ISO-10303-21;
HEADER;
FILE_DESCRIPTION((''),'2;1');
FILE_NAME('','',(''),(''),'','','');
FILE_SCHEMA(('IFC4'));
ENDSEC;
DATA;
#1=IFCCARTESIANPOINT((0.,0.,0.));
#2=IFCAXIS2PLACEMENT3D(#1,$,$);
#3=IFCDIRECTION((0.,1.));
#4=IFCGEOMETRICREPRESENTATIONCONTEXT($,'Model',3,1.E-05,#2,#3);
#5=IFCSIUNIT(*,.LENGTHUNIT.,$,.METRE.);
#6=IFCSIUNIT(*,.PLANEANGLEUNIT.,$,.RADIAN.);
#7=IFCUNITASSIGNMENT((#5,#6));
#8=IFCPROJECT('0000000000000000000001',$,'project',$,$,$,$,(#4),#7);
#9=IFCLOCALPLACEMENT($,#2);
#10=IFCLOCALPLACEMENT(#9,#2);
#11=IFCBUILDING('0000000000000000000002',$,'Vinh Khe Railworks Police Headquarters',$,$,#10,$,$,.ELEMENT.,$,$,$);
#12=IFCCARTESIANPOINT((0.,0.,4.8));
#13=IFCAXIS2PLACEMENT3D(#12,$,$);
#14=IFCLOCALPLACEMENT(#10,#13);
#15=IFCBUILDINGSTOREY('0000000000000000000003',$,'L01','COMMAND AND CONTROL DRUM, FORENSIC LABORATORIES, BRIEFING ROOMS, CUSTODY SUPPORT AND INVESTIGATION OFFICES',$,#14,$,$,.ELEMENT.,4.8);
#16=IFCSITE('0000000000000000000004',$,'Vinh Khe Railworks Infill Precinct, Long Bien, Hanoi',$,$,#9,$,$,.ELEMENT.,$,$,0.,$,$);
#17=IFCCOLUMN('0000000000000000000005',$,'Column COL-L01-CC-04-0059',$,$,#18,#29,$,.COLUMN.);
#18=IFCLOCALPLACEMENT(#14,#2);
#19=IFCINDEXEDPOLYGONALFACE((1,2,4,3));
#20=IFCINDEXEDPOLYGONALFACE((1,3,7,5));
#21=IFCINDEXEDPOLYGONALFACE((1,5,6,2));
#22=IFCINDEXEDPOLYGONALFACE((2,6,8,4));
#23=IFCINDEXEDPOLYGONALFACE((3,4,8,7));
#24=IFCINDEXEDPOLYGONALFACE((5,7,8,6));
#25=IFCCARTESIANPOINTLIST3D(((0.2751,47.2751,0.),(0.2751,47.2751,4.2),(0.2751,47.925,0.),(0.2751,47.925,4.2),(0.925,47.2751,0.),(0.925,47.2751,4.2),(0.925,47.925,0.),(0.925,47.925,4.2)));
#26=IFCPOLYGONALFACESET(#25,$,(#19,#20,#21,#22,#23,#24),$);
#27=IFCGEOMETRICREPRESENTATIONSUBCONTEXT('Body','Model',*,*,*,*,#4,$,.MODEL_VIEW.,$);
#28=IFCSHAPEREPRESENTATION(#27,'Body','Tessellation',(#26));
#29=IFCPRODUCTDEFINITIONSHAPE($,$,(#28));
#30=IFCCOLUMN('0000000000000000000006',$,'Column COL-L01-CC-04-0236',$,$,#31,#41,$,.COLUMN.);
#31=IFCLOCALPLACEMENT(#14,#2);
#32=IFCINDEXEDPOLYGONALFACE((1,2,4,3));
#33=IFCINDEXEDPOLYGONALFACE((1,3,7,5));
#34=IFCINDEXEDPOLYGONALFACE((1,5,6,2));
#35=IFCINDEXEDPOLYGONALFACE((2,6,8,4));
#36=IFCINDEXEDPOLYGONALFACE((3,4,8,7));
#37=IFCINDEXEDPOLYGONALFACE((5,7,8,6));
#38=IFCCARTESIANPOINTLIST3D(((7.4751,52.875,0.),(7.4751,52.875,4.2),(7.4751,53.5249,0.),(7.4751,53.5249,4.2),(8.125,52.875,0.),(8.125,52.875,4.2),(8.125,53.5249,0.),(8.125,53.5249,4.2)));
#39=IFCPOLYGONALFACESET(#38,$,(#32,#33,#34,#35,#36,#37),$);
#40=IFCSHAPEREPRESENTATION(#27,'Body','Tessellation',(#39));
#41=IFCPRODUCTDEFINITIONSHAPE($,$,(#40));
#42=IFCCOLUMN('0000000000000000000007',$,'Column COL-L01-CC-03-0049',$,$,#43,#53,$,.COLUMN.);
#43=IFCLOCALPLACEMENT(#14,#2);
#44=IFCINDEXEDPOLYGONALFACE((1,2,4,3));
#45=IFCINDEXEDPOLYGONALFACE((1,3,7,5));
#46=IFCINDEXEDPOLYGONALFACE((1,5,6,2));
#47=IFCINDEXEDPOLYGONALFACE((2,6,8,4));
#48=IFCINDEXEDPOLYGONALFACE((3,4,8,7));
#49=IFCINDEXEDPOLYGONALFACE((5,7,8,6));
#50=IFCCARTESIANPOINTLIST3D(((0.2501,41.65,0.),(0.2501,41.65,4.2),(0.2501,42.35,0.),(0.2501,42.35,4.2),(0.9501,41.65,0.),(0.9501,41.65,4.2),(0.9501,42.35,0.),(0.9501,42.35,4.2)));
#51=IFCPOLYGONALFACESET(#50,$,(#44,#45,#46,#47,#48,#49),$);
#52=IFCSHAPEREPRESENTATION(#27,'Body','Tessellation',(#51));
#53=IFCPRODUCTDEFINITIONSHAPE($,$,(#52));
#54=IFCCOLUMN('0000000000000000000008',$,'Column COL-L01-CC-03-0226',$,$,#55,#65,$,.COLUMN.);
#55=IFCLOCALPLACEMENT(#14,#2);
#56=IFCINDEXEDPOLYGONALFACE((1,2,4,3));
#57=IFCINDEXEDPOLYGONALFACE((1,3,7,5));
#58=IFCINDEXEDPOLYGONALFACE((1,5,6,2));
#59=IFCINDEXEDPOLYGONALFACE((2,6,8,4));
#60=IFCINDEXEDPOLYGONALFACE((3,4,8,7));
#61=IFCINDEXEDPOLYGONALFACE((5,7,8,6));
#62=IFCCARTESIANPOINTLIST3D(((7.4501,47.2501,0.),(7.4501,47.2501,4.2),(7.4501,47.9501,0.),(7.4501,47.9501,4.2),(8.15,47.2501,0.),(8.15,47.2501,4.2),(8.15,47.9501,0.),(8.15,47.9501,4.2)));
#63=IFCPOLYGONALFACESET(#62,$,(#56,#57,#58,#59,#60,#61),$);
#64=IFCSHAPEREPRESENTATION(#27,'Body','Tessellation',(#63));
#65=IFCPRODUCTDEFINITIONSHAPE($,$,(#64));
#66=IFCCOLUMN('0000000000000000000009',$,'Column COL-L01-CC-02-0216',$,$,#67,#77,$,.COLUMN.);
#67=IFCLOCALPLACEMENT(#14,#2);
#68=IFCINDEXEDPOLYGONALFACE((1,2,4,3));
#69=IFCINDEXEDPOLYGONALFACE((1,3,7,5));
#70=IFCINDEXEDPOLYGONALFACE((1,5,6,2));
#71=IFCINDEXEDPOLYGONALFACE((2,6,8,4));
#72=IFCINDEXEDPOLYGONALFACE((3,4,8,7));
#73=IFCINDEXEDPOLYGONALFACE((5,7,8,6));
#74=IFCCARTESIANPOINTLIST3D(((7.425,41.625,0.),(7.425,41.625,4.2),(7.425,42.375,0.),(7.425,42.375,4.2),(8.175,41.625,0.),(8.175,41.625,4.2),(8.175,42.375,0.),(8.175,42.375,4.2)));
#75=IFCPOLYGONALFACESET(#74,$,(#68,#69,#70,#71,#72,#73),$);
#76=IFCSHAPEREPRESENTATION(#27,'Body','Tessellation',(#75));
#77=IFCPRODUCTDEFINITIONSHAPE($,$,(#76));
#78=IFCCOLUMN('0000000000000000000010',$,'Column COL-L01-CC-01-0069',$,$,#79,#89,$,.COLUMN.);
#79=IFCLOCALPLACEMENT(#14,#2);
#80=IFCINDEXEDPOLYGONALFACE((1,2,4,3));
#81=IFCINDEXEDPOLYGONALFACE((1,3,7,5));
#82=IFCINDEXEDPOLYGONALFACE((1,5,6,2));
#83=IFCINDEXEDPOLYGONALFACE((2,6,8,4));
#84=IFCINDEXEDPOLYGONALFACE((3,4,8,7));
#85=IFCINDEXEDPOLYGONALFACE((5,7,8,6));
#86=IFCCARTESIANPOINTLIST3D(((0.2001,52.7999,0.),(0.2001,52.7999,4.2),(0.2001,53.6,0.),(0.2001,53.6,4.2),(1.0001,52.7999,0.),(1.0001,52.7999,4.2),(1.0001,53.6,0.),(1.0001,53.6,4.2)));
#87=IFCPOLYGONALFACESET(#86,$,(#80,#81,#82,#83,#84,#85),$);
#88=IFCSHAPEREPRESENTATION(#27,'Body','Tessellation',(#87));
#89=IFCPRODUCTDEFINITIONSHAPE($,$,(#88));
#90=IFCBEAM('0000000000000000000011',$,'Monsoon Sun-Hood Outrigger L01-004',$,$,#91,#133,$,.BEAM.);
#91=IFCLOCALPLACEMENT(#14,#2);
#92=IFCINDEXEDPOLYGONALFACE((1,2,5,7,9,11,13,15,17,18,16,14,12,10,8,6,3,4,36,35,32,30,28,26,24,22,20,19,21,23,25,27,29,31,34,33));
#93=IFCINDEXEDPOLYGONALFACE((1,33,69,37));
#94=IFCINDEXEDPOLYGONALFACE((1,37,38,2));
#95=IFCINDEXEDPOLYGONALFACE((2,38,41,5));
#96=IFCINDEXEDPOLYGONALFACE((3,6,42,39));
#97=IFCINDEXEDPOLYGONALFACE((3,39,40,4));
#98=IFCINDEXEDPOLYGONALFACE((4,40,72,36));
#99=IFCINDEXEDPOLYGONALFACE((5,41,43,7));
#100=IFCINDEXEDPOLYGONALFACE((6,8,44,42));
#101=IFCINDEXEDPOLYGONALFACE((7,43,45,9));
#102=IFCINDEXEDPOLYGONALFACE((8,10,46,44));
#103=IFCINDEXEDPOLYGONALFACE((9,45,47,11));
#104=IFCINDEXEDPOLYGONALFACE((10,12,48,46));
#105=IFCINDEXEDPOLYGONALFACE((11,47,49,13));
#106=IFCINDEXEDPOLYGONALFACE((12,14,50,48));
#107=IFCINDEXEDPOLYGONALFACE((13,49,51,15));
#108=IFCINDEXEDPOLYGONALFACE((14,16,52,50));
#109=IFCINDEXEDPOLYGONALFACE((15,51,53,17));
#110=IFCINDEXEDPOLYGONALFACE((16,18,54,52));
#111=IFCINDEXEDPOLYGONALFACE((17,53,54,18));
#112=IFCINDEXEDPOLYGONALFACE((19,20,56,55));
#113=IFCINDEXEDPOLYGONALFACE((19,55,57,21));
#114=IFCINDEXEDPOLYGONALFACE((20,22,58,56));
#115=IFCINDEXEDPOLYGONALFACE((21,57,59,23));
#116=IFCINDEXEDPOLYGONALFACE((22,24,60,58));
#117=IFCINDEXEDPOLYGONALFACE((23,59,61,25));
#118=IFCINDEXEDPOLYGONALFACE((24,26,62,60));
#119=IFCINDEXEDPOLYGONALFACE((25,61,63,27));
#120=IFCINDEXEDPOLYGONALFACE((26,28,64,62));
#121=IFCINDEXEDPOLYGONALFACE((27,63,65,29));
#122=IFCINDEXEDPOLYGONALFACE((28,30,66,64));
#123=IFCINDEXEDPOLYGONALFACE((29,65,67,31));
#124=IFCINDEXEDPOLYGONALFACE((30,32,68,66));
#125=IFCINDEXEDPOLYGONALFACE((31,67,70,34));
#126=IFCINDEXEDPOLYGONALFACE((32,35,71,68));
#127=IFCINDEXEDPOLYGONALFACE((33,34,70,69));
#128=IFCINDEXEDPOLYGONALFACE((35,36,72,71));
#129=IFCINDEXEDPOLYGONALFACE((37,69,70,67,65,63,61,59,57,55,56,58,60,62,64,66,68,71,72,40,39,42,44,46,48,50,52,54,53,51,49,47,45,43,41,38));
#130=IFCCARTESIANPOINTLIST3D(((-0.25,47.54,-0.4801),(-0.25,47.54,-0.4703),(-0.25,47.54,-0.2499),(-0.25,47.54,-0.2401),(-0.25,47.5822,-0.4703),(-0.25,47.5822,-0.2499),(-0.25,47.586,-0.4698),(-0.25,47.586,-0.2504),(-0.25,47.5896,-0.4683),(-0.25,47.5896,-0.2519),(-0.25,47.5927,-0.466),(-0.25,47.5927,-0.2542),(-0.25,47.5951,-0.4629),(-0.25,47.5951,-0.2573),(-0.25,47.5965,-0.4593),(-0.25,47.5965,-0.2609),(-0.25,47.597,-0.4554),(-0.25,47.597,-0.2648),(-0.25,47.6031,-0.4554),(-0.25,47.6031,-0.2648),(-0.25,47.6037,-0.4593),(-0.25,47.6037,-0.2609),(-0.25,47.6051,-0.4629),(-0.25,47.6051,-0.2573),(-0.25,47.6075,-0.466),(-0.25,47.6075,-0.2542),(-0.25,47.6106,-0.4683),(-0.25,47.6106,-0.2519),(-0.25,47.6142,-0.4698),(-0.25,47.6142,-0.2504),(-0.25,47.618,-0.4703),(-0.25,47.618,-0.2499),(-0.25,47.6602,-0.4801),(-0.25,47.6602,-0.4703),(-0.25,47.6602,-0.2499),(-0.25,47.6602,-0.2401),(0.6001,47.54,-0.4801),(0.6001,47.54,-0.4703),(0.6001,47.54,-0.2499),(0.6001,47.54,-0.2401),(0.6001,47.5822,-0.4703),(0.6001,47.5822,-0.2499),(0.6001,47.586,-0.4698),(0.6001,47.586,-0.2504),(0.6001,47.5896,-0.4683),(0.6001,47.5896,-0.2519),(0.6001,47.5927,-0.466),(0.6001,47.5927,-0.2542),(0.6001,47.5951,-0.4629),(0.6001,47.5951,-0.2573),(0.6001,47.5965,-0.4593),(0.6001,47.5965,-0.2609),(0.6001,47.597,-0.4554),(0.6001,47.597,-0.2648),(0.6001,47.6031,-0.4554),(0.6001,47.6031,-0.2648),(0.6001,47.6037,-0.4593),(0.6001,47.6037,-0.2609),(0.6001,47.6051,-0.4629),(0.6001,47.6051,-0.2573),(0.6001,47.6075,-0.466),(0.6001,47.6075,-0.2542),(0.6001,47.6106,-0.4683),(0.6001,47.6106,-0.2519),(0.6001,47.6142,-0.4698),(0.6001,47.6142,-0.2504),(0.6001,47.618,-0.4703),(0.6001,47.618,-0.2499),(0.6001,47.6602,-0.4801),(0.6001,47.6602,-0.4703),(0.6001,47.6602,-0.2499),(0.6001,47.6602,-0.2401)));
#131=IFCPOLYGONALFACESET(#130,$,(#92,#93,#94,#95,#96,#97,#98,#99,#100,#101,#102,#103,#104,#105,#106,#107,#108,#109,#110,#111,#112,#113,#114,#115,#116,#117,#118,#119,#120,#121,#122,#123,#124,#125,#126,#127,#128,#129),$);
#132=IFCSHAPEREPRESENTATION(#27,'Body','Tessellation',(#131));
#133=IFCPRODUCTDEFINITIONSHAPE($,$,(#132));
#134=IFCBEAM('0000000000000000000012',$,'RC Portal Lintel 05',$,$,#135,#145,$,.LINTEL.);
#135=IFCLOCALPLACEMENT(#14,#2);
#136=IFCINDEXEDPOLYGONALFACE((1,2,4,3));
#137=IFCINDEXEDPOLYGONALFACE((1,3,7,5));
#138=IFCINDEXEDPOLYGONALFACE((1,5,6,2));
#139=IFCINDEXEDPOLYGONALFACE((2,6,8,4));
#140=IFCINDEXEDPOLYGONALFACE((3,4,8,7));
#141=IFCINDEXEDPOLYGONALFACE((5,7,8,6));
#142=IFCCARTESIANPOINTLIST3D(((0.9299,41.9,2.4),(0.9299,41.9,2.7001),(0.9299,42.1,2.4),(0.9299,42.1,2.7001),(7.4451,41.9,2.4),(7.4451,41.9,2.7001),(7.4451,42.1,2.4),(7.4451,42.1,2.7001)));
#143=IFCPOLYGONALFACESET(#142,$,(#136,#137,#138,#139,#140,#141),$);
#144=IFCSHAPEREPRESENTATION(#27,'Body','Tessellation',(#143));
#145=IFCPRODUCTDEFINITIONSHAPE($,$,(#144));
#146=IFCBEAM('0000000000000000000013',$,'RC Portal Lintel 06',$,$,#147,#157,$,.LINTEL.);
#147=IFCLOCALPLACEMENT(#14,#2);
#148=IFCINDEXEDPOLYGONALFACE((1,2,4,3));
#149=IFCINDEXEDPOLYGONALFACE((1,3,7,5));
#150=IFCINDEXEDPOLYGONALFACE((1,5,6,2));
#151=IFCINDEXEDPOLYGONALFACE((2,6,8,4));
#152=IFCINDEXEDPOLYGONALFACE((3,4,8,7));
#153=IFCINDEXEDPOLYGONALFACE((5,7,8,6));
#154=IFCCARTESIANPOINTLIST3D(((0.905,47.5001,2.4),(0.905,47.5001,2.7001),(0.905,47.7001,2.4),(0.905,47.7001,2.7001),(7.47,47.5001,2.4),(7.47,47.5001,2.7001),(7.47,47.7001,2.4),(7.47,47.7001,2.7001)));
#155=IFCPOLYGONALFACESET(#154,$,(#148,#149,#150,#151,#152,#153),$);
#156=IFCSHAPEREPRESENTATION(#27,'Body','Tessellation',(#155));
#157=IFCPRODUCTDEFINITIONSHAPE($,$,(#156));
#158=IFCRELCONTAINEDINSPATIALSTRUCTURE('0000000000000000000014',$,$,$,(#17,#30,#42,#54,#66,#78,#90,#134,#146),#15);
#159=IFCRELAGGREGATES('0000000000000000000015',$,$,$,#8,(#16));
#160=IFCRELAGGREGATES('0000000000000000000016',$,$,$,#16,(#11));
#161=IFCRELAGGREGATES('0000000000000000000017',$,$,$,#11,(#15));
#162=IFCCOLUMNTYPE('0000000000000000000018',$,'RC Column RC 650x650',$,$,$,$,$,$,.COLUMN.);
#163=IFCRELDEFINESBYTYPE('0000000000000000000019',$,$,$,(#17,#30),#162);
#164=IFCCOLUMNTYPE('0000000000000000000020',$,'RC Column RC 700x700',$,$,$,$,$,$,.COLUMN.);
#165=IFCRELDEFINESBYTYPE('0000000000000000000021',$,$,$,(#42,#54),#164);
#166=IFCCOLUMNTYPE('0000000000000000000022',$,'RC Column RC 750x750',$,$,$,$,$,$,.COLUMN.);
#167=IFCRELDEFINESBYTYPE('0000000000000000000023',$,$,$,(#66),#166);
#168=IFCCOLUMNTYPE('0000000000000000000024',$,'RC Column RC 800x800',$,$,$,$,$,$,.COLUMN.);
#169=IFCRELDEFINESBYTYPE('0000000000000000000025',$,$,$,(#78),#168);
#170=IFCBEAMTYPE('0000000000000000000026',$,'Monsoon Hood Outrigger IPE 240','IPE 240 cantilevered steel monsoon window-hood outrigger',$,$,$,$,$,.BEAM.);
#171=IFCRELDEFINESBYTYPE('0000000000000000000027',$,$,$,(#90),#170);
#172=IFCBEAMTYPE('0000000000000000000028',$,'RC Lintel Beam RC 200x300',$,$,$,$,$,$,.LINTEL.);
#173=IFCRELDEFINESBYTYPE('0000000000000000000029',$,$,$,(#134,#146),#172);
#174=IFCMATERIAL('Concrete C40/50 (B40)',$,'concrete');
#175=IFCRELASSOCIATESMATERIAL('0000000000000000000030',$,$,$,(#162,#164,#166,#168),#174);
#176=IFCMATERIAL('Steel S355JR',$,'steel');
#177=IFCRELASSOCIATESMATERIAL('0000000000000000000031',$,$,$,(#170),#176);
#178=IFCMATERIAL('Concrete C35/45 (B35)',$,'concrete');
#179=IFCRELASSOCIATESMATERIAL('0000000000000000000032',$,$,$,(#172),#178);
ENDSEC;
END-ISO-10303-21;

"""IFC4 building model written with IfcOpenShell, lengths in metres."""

from ifc_helpers import new_model, si_unit, direction, frame, origin, origin_2d, place, context, subcontext, project, spatial, rectangle, i_section, extrude, material, material_profile, profile_set, type_object, element, save


model = new_model("IFC4")

# Units and contexts
model_context = context("Model", 3, precision=1e-05, world=origin(), true_north=direction((0.0, 1.0)))
body_context = subcontext(model_context, "Body", "Model", "MODEL_VIEW")
ifc_project = project(units=[si_unit("LENGTHUNIT", "METRE"), si_unit("PLANEANGLEUNIT", "RADIAN")], contexts=[model_context])

# Site, building, storey
site_placement = place(None, origin())
site = spatial("IfcSite", under=ifc_project, at=site_placement, Name="Vinh Khe Railworks Infill Precinct, Long Bien, Hanoi", CompositionType="ELEMENT", RefElevation=0.0)
building_placement = place(site_placement, origin())
building = spatial("IfcBuilding", under=site, at=building_placement, Name="Vinh Khe Railworks Police Headquarters", CompositionType="ELEMENT")
storey_placement = place(building_placement, frame((0.0, 0.0, 4.8)))
storey = spatial("IfcBuildingStorey", under=building, at=storey_placement, Name="L01", Description="COMMAND AND CONTROL DRUM, FORENSIC LABORATORIES, BRIEFING ROOMS, CUSTODY SUPPORT AND INVESTIGATION OFFICES", CompositionType="ELEMENT", Elevation=4.8)

# Columns
ifc_material_1 = material(Name="Concrete C40/50 (B40)", Category="concrete")
ifc_material_profile_1 = material_profile(ifc_material_1, rectangle(XDim=0.6499, YDim=0.6499, at=origin_2d()), Name="RC 650x650")
ifc_profile_set_1 = profile_set([ifc_material_profile_1], Name="Concrete C40/50 (B40)")
column_type_1 = type_object("IfcColumnType", Name="RC Column RC 650x650", PredefinedType="COLUMN", material=ifc_profile_set_1)
for number, where, z_axis, x_axis, name in (
    (1, (0.6001, 47.6001, 0.0), (0.0, 0.0, 1.0), (1.0, 0.0, 0.0), "Column COL-L01-CC-04-0059"),
    (2, (7.8, 53.2, 0.0), (0.0, 0.0, 1.0), (1.0, 0.0, 0.0), "Column COL-L01-CC-04-0236"),
):
    element("IfcColumn", number, at=place(storey_placement, frame(where, z_axis=z_axis, x_axis=x_axis)), inside=storey, type_object=column_type_1, Name=name, PredefinedType="COLUMN", context=body_context, shape_type="SweptSolid", body=[
        extrude(rectangle(XDim=0.6499, YDim=0.6499, at=origin_2d()), origin(), (0.0, 0.0, 1.0), 4.2),
    ])
ifc_material_profile_2 = material_profile(ifc_material_1, rectangle(XDim=0.7, YDim=0.7, at=origin_2d()), Name="RC 700x700")
ifc_profile_set_2 = profile_set([ifc_material_profile_2], Name="Concrete C40/50 (B40)")
column_type_2 = type_object("IfcColumnType", Name="RC Column RC 700x700", PredefinedType="COLUMN", material=ifc_profile_set_2)
for number, where, z_axis, x_axis, name in (
    (3, (0.6001, 42.0, 0.0), (0.0, 0.0, 1.0), (1.0, 0.0, 0.0), "Column COL-L01-CC-03-0049"),
    (4, (7.8, 47.6001, 0.0), (0.0, 0.0, 1.0), (1.0, 0.0, 0.0), "Column COL-L01-CC-03-0226"),
):
    element("IfcColumn", number, at=place(storey_placement, frame(where, z_axis=z_axis, x_axis=x_axis)), inside=storey, type_object=column_type_2, Name=name, PredefinedType="COLUMN", context=body_context, shape_type="SweptSolid", body=[
        extrude(rectangle(XDim=0.7, YDim=0.7, at=origin_2d()), origin(), (0.0, 0.0, 1.0), 4.2),
    ])
ifc_material_profile_3 = material_profile(ifc_material_1, rectangle(XDim=0.75, YDim=0.75, at=origin_2d()), Name="RC 750x750")
ifc_profile_set_3 = profile_set([ifc_material_profile_3], Name="Concrete C40/50 (B40)")
column_type_3 = type_object("IfcColumnType", Name="RC Column RC 750x750", PredefinedType="COLUMN", material=ifc_profile_set_3)
column_1_placement = place(storey_placement, frame((7.8, 42.0, 0.0), z_axis=(0.0, 0.0, 1.0), x_axis=(1.0, 0.0, 0.0)))
element("IfcColumn", 5, at=column_1_placement, inside=storey, type_object=column_type_3, Name="Column COL-L01-CC-02-0216", PredefinedType="COLUMN", context=body_context, shape_type="SweptSolid", body=[
    extrude(rectangle(XDim=0.75, YDim=0.75, at=origin_2d()), origin(), (0.0, 0.0, 1.0), 4.2),
])
ifc_material_profile_4 = material_profile(ifc_material_1, rectangle(XDim=0.8, YDim=0.8, at=origin_2d()), Name="RC 800x800")
ifc_profile_set_4 = profile_set([ifc_material_profile_4], Name="Concrete C40/50 (B40)")
column_type_4 = type_object("IfcColumnType", Name="RC Column RC 800x800", PredefinedType="COLUMN", material=ifc_profile_set_4)
column_2_placement = place(storey_placement, frame((0.6001, 53.2, 0.0), z_axis=(0.0, 0.0, 1.0), x_axis=(1.0, 0.0, 0.0)))
element("IfcColumn", 6, at=column_2_placement, inside=storey, type_object=column_type_4, Name="Column COL-L01-CC-01-0069", PredefinedType="COLUMN", context=body_context, shape_type="SweptSolid", body=[
    extrude(rectangle(XDim=0.8, YDim=0.8, at=origin_2d()), origin(), (0.0, 0.0, 1.0), 4.2),
])

# Beams
ifc_material_2 = material(Name="Steel S355JR", Category="steel")
ifc_material_profile_5 = material_profile(ifc_material_2, i_section(OverallWidth=0.1201, OverallDepth=0.24, WebThickness=0.0061, FlangeThickness=0.0098, FilletRadius=0.0149, at=origin_2d()), Name="IPE 240")
ifc_profile_set_5 = profile_set([ifc_material_profile_5], Name="Steel S355JR")
beam_type_1 = type_object("IfcBeamType", Name="Monsoon Hood Outrigger IPE 240", Description="IPE 240 cantilevered steel monsoon window-hood outrigger", PredefinedType="BEAM", material=ifc_profile_set_5)
beam_1_placement = place(storey_placement, frame((-0.25, 47.6001, -0.3601), z_axis=(1.0, 0.0, 0.0), x_axis=(0.0, 1.0, 0.0)))
element("IfcBeam", 7, at=beam_1_placement, inside=storey, type_object=beam_type_1, Name="Monsoon Sun-Hood Outrigger L01-004", PredefinedType="BEAM", context=body_context, shape_type="SweptSolid", body=[
    extrude(i_section(OverallWidth=0.1201, OverallDepth=0.24, WebThickness=0.0061, FlangeThickness=0.0098, FilletRadius=0.0149, at=origin_2d()), origin(), (0.0, 0.0, 1.0), 0.8501),
])
ifc_material_3 = material(Name="Concrete C35/45 (B35)", Category="concrete")
ifc_material_profile_6 = material_profile(ifc_material_3, rectangle(XDim=0.2, YDim=0.3, at=origin_2d()), Name="RC 200x300")
ifc_profile_set_6 = profile_set([ifc_material_profile_6], Name="Concrete C35/45 (B35)")
beam_type_2 = type_object("IfcBeamType", Name="RC Lintel Beam RC 200x300", PredefinedType="LINTEL", material=ifc_profile_set_6)
beam_2_placement = place(storey_placement, frame((0.9299, 42.0, 2.55), z_axis=(1.0, 0.0, 0.0), x_axis=(0.0, 1.0, 0.0)))
element("IfcBeam", 8, at=beam_2_placement, inside=storey, type_object=beam_type_2, Name="RC Portal Lintel 05", PredefinedType="LINTEL", context=body_context, shape_type="SweptSolid", body=[
    extrude(rectangle(XDim=0.2, YDim=0.3, at=origin_2d()), origin(), (0.0, 0.0, 1.0), 6.5151),
])
beam_3_placement = place(storey_placement, frame((0.905, 47.6001, 2.55), z_axis=(1.0, 0.0, 0.0), x_axis=(0.0, 1.0, 0.0)))
element("IfcBeam", 9, at=beam_3_placement, inside=storey, type_object=beam_type_2, Name="RC Portal Lintel 06", PredefinedType="LINTEL", context=body_context, shape_type="SweptSolid", body=[
    extrude(rectangle(XDim=0.2, YDim=0.3, at=origin_2d()), origin(), (0.0, 0.0, 1.0), 6.5649),
])

save(model, "model.ifc")
